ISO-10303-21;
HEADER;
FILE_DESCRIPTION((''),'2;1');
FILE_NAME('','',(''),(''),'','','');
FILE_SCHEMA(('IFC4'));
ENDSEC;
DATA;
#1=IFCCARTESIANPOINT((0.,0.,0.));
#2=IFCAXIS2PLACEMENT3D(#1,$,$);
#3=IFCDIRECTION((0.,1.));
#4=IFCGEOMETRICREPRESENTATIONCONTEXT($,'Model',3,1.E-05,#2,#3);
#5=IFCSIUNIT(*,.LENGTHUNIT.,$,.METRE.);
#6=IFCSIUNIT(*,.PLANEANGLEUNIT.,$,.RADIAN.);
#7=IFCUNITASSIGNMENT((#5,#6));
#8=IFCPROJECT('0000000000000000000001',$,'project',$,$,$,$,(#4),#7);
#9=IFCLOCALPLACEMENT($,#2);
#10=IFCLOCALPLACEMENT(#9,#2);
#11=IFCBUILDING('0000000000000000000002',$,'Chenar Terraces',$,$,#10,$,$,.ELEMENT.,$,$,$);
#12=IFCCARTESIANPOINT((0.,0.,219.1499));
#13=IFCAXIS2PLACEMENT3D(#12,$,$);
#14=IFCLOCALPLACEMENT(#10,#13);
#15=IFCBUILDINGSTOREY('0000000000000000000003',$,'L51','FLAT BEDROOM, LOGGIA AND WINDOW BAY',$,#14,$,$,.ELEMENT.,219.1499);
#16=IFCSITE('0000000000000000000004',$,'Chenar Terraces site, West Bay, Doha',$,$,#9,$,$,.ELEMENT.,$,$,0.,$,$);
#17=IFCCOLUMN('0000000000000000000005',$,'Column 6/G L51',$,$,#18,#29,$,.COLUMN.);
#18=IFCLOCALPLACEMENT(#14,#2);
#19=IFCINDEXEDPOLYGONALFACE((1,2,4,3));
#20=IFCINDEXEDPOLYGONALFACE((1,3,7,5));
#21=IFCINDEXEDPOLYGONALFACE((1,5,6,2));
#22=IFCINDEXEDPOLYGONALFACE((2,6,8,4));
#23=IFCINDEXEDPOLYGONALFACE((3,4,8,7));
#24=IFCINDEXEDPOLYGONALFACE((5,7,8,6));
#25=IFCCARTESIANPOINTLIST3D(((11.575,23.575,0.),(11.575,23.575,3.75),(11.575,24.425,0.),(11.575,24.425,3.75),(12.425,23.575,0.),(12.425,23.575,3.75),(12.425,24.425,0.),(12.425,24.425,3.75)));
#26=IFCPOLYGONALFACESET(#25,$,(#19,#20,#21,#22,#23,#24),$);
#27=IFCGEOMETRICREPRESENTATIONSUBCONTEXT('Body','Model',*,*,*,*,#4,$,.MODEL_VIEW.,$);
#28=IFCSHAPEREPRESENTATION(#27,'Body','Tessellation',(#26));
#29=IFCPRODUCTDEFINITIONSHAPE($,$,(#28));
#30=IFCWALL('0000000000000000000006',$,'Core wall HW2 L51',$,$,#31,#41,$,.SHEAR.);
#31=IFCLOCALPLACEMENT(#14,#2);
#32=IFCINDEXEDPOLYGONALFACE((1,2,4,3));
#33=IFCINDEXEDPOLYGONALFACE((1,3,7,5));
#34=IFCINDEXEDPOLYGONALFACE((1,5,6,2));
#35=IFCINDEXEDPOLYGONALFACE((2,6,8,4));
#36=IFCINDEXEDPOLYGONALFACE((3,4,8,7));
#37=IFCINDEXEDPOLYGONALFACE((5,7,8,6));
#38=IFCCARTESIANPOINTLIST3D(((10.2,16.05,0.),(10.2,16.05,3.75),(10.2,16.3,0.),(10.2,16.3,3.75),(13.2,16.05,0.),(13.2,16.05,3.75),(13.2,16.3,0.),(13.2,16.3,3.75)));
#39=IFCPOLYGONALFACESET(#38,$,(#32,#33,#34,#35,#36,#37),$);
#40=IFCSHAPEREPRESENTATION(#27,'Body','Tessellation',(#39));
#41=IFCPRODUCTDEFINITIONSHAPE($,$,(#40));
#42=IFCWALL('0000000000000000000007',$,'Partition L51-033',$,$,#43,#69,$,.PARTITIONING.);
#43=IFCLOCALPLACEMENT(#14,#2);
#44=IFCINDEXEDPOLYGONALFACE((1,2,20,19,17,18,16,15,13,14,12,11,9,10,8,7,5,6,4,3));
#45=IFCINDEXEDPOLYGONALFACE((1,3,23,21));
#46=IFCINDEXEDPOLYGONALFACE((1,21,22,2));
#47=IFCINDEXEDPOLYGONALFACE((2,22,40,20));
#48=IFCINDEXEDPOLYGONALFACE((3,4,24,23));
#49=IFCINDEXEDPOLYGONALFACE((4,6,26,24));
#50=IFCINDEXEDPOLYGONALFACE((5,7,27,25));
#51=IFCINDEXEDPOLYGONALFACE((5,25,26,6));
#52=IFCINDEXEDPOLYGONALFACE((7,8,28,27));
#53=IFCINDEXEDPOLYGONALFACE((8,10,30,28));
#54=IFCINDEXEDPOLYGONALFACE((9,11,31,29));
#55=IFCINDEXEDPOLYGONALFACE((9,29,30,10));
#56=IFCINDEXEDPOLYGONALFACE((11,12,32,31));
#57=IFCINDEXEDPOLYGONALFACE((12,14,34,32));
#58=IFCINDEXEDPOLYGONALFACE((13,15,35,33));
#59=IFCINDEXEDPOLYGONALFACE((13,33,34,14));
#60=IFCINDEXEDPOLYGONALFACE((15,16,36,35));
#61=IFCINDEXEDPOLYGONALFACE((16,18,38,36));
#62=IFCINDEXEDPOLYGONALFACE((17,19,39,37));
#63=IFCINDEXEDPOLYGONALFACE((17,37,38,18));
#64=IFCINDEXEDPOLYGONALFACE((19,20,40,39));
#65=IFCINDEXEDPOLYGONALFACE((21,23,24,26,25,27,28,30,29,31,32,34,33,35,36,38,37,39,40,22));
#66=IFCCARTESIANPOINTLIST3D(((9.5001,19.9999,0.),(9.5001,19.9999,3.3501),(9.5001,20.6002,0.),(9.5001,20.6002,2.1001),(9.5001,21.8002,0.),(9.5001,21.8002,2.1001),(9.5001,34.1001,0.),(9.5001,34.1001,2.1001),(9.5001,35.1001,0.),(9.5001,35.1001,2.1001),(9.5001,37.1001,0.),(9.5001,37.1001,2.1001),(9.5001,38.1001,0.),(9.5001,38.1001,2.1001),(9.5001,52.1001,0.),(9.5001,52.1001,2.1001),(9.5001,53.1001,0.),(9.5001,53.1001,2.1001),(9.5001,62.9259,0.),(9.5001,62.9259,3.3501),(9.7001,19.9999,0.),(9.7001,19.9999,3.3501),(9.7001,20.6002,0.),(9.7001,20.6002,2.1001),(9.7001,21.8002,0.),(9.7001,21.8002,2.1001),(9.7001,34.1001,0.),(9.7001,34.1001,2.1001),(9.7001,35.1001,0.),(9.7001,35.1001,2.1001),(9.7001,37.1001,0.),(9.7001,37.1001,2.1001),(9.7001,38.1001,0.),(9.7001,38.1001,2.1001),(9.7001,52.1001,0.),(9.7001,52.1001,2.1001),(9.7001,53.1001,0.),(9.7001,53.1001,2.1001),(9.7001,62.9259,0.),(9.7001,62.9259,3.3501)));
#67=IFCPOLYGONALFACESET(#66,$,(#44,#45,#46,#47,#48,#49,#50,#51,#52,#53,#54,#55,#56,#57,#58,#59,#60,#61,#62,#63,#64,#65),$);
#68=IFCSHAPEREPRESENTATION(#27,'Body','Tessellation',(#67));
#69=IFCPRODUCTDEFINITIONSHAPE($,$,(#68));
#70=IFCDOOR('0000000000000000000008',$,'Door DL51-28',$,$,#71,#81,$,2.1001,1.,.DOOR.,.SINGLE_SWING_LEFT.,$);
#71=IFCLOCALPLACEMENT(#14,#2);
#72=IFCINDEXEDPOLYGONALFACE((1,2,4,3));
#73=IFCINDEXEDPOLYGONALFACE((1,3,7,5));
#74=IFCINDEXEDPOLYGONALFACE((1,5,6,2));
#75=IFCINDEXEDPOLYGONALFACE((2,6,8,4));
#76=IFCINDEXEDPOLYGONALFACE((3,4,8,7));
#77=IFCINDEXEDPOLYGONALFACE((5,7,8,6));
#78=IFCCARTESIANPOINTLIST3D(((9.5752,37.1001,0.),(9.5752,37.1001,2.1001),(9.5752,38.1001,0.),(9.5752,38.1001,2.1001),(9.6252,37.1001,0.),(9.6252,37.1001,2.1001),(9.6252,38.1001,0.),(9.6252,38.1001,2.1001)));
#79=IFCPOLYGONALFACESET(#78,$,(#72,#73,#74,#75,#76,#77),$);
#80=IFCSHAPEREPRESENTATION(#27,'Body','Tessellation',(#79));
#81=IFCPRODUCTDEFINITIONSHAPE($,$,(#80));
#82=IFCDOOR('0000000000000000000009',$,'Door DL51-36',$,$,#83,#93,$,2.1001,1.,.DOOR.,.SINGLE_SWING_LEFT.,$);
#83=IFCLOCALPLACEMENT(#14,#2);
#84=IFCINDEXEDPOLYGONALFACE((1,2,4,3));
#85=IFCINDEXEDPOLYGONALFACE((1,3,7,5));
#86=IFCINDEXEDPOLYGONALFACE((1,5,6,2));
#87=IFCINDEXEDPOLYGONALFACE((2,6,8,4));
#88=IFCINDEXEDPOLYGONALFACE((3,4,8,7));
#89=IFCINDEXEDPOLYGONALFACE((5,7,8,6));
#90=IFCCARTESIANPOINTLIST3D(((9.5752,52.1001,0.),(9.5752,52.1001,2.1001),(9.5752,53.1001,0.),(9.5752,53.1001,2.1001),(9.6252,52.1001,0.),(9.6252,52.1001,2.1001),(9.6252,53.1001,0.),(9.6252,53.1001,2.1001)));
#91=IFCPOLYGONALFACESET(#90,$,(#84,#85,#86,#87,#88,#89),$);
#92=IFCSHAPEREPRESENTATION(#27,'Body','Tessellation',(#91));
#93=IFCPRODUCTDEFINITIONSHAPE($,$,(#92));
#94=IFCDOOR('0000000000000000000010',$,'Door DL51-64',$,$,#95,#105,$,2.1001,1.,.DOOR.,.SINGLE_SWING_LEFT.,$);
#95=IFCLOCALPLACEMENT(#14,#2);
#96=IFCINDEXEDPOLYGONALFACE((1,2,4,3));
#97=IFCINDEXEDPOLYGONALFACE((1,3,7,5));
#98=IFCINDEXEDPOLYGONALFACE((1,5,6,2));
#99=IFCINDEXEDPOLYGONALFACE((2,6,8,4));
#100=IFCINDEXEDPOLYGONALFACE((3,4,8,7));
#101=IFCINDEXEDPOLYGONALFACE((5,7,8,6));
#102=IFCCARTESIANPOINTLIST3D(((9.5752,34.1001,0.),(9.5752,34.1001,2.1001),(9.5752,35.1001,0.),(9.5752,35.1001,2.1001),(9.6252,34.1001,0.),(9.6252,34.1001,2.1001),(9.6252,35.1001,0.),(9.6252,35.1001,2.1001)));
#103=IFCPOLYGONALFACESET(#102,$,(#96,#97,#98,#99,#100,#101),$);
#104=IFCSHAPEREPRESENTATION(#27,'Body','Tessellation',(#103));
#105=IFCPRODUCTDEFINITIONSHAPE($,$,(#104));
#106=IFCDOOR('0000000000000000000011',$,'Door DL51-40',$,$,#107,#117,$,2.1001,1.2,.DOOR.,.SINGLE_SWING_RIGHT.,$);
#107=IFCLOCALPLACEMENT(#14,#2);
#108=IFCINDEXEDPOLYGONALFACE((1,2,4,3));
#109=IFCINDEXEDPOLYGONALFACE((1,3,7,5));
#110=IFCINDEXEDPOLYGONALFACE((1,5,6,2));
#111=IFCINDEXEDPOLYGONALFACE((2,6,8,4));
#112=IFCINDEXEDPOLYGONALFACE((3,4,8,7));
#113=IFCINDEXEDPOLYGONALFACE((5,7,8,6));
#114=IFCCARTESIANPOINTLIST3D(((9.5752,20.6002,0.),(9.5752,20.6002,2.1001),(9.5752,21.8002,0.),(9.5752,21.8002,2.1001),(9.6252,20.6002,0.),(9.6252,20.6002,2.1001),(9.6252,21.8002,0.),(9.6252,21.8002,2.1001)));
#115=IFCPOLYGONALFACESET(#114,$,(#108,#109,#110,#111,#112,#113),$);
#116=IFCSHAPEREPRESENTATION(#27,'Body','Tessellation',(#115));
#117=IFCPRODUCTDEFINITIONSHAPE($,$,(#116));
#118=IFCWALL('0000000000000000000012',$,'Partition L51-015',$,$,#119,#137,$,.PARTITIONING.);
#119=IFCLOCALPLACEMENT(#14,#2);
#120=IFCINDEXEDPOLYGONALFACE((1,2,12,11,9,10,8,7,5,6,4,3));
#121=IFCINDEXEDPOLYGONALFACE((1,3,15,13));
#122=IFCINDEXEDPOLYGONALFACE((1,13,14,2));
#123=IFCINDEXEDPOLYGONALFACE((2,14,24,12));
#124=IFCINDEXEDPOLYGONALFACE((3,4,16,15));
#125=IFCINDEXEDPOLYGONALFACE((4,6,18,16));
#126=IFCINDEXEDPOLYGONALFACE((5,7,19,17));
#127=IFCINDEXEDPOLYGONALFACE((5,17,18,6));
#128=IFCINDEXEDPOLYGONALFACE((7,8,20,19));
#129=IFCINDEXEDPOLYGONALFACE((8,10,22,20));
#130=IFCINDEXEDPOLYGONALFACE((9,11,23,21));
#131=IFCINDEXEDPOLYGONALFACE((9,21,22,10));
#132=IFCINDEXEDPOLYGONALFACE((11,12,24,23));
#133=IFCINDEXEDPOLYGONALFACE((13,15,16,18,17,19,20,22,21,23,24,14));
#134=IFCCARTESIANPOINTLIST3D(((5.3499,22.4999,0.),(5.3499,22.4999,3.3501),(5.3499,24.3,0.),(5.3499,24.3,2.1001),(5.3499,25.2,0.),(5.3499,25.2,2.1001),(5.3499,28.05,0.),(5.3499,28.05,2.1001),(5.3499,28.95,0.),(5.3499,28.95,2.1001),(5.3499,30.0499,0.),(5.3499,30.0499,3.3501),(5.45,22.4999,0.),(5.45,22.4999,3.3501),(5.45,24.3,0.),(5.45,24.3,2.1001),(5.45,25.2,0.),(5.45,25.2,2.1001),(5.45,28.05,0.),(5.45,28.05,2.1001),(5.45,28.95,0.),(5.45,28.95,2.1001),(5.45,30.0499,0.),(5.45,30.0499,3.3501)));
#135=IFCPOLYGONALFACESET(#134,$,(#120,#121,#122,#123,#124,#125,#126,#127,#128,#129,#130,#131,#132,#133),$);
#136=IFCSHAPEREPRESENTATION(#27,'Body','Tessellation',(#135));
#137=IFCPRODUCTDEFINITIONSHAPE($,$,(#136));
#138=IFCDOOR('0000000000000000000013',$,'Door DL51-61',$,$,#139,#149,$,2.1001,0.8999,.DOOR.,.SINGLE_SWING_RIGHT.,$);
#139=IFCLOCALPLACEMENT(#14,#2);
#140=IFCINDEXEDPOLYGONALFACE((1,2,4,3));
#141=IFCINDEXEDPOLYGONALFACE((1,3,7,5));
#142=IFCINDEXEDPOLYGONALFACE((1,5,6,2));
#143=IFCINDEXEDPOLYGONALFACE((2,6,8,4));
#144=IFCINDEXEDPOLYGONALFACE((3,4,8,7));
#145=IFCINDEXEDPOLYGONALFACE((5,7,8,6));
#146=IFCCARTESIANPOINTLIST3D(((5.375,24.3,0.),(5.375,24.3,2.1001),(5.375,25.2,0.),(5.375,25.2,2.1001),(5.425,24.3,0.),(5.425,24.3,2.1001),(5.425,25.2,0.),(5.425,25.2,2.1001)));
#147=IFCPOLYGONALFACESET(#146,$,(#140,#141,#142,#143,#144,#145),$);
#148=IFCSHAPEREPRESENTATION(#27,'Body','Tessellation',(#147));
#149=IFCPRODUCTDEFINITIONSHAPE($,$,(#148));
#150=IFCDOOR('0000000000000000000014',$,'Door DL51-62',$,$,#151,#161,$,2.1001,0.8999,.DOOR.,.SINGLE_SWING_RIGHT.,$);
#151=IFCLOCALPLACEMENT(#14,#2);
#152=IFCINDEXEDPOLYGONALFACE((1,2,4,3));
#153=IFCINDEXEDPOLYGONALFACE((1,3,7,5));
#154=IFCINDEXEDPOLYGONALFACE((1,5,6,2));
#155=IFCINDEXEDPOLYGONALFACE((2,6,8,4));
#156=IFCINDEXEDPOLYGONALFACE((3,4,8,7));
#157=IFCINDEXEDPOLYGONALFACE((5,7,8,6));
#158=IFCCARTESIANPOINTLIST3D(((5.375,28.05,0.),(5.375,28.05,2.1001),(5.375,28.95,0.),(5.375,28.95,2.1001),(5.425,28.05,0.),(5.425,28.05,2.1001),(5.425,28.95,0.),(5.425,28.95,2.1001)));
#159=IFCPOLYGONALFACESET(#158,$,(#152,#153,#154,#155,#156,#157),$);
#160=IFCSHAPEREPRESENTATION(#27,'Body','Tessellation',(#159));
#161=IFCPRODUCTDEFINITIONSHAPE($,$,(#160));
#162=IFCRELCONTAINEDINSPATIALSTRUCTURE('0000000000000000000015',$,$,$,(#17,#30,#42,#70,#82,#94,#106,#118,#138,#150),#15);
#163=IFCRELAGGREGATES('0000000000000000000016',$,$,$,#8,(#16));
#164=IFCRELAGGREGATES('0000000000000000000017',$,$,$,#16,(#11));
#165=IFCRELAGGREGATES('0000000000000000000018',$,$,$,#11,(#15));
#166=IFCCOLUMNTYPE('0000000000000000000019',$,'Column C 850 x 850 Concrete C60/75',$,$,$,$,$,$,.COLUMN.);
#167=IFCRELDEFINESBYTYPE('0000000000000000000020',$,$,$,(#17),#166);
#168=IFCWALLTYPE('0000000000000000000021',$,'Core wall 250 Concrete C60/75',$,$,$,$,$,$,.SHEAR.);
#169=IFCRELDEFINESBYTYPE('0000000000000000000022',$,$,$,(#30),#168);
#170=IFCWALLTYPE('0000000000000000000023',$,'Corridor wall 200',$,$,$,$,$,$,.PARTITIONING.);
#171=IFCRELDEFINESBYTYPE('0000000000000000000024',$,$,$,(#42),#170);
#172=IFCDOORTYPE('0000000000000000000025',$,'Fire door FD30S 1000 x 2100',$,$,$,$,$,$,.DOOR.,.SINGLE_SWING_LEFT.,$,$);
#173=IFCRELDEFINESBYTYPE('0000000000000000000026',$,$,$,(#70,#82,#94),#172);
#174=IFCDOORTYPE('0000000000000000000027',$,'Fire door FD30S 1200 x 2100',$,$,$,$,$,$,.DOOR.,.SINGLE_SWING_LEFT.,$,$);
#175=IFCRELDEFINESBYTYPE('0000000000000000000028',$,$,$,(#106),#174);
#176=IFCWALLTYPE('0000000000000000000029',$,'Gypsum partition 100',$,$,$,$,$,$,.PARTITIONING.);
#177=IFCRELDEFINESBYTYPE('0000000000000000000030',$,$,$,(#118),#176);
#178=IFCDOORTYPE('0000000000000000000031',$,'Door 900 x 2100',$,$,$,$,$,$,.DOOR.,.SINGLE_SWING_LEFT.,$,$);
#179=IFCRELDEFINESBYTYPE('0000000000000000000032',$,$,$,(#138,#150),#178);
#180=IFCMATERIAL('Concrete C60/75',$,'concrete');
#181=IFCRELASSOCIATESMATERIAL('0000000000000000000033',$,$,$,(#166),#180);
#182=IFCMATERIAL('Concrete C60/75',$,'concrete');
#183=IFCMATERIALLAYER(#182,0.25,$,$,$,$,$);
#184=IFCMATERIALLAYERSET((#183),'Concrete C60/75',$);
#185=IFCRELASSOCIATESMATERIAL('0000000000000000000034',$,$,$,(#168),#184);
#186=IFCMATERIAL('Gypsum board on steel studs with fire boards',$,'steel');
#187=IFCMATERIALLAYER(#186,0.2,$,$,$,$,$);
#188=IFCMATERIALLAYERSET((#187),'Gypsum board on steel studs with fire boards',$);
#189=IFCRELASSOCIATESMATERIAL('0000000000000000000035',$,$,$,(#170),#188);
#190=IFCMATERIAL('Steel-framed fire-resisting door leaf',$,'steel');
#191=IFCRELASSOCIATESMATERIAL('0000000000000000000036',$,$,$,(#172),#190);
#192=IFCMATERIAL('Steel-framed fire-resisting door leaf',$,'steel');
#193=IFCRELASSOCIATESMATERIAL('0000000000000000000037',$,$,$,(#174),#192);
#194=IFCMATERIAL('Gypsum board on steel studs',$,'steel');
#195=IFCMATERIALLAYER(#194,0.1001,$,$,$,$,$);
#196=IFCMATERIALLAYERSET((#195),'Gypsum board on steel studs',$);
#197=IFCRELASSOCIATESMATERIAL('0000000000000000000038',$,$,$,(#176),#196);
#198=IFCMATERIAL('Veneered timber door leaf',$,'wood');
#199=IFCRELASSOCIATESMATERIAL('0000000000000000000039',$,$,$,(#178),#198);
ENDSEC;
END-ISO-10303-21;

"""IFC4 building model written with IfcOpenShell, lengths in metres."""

from ifc_helpers import new_model, si_unit, direction, frame, frame_2d, origin, origin_2d, place, context, subcontext, project, spatial, rectangle, extrude, material, layer, layer_set, material_profile, profile_set, type_object, element, fill, save


model = new_model("IFC4")

# Units and contexts
model_context = context("Model", 3, precision=1e-05, world=origin(), true_north=direction((0.0, 1.0)))
body_context = subcontext(model_context, "Body", "Model", "MODEL_VIEW")
ifc_project = project(units=[si_unit("LENGTHUNIT", "METRE"), si_unit("PLANEANGLEUNIT", "RADIAN")], contexts=[model_context])

# Site, building, storey
site_placement = place(None, origin())
site = spatial("IfcSite", under=ifc_project, at=site_placement, Name="Chenar Terraces site, West Bay, Doha", CompositionType="ELEMENT", RefElevation=0.0)
building_placement = place(site_placement, origin())
building = spatial("IfcBuilding", under=site, at=building_placement, Name="Chenar Terraces", CompositionType="ELEMENT")
storey_placement = place(building_placement, frame((0.0, 0.0, 219.1499)))
storey = spatial("IfcBuildingStorey", under=building, at=storey_placement, Name="L51", Description="FLAT BEDROOM, LOGGIA AND WINDOW BAY", CompositionType="ELEMENT", Elevation=219.1499)

# Column
ifc_material_1 = material(Name="Concrete C60/75", Category="concrete")
ifc_material_profile = material_profile(ifc_material_1, rectangle(XDim=0.8501, YDim=0.8501, at=origin_2d()), Name="C 850 x 850")
ifc_profile_set = profile_set([ifc_material_profile], Name="Concrete C60/75")
column_type = type_object("IfcColumnType", Name="Column C 850 x 850 Concrete C60/75", PredefinedType="COLUMN", material=ifc_profile_set)
column_placement = place(storey_placement, frame((12.0, 24.0, 0.0), z_axis=(0.0, 0.0, 1.0), x_axis=(1.0, 0.0, 0.0)))
element("IfcColumn", 1, at=column_placement, inside=storey, type_object=column_type, Name="Column 6/G L51", PredefinedType="COLUMN", context=body_context, shape_type="SweptSolid", body=[
    extrude(rectangle(XDim=0.8501, YDim=0.8501, at=origin_2d()), origin(), (0.0, 0.0, 1.0), 3.75),
])

# Wall
ifc_material_2 = material(Name="Concrete C60/75", Category="concrete")
ifc_layer_1 = layer(ifc_material_2, 0.25)
ifc_layer_set_1 = layer_set([ifc_layer_1], Name="Concrete C60/75")
wall_type_1 = type_object("IfcWallType", Name="Core wall 250 Concrete C60/75", PredefinedType="SHEAR", material=ifc_layer_set_1)
wall_1_placement = place(storey_placement, frame((10.2, 16.175, 0.0), z_axis=(0.0, 0.0, 1.0), x_axis=(1.0, 0.0, 0.0)))
element("IfcWall", 2, at=wall_1_placement, inside=storey, type_object=wall_type_1, Name="Core wall HW2 L51", PredefinedType="SHEAR", context=body_context, shape_type="SweptSolid", body=[
    extrude(rectangle(XDim=3.0, YDim=0.25, at=frame_2d((1.5, 0.0))), origin(), (0.0, 0.0, 1.0), 3.75),
])

# Walls, openings, doors
ifc_material_3 = material(Name="Gypsum board on steel studs with fire boards", Category="steel")
ifc_layer_2 = layer(ifc_material_3, 0.2)
ifc_layer_set_2 = layer_set([ifc_layer_2], Name="Gypsum board on steel studs with fire boards")
wall_type_2 = type_object("IfcWallType", Name="Corridor wall 200", PredefinedType="PARTITIONING", material=ifc_layer_set_2)
wall_2_placement = place(storey_placement, frame((9.6001, 20.0, 0.0), z_axis=(0.0, 0.0, 1.0), x_axis=(0.0, 1.0, 0.0)))
wall_2 = element("IfcWall", 3, at=wall_2_placement, inside=storey, type_object=wall_type_2, Name="Partition L51-033", PredefinedType="PARTITIONING", context=body_context, shape_type="SweptSolid", body=[
    extrude(rectangle(XDim=42.926, YDim=0.2, at=frame_2d((21.4629, 0.0))), origin(), (0.0, 0.0, 1.0), 3.3501),
])
opening_1_placement = place(wall_2_placement, frame((17.1001, 0.0, 0.0)))
opening_1 = element("IfcOpeningElement", 4, at=opening_1_placement, cuts=wall_2, PredefinedType="OPENING", context=body_context, shape_type="SweptSolid", body=[
    extrude(rectangle(XDim=1.0, YDim=2.1001, at=frame_2d((0.5, 1.05))), frame((0.0, 0.1099, 0.0), z_axis=(0.0, -1.0, 0.0), x_axis=(1.0, 0.0, 0.0)), (0.0, 0.0, 1.0), 0.22),
])
opening_2_placement = place(wall_2_placement, frame((32.1001, 0.0, 0.0)))
opening_2 = element("IfcOpeningElement", 5, at=opening_2_placement, cuts=wall_2, PredefinedType="OPENING", context=body_context, shape_type="SweptSolid", body=[
    extrude(rectangle(XDim=1.0, YDim=2.1001, at=frame_2d((0.5, 1.05))), frame((0.0, 0.1099, 0.0), z_axis=(0.0, -1.0, 0.0), x_axis=(1.0, 0.0, 0.0)), (0.0, 0.0, 1.0), 0.22),
])
opening_3_placement = place(wall_2_placement, frame((0.6001, 0.0, 0.0)))
opening_3 = element("IfcOpeningElement", 6, at=opening_3_placement, cuts=wall_2, PredefinedType="OPENING", context=body_context, shape_type="SweptSolid", body=[
    extrude(rectangle(XDim=1.2, YDim=2.1001, at=frame_2d((0.6001, 1.05))), frame((0.0, 0.1099, 0.0), z_axis=(0.0, -1.0, 0.0), x_axis=(1.0, 0.0, 0.0)), (0.0, 0.0, 1.0), 0.22),
])
opening_4_placement = place(wall_2_placement, frame((14.1001, 0.0, 0.0)))
opening_4 = element("IfcOpeningElement", 7, at=opening_4_placement, cuts=wall_2, PredefinedType="OPENING", context=body_context, shape_type="SweptSolid", body=[
    extrude(rectangle(XDim=1.0, YDim=2.1001, at=frame_2d((0.5, 1.05))), frame((0.0, 0.1099, 0.0), z_axis=(0.0, -1.0, 0.0), x_axis=(1.0, 0.0, 0.0)), (0.0, 0.0, 1.0), 0.22),
])
ifc_material_4 = material(Name="Steel-framed fire-resisting door leaf", Category="steel")
door_type_1 = type_object("IfcDoorType", Name="Fire door FD30S 1000 x 2100", OperationType="SINGLE_SWING_LEFT", PredefinedType="DOOR", material=ifc_material_4)
door_1_placement = place(opening_1_placement, origin())
door_1 = element("IfcDoor", 8, at=door_1_placement, inside=storey, type_object=door_type_1, Name="Door DL51-28", OperationType="SINGLE_SWING_LEFT", OverallHeight=2.1001, OverallWidth=1.0, PredefinedType="DOOR", context=body_context, shape_type="SweptSolid", body=[
    extrude(rectangle(XDim=1.0, YDim=2.1001, at=frame_2d((0.5, 1.05))), frame((0.0, 0.0249, 0.0), z_axis=(0.0, -1.0, 0.0), x_axis=(1.0, 0.0, 0.0)), (0.0, 0.0, 1.0), 0.05),
])
fill(opening_1, door_1)
door_2_placement = place(opening_2_placement, origin())
door_2 = element("IfcDoor", 9, at=door_2_placement, inside=storey, type_object=door_type_1, Name="Door DL51-36", OperationType="SINGLE_SWING_LEFT", OverallHeight=2.1001, OverallWidth=1.0, PredefinedType="DOOR", context=body_context, shape_type="SweptSolid", body=[
    extrude(rectangle(XDim=1.0, YDim=2.1001, at=frame_2d((0.5, 1.05))), frame((0.0, 0.0249, 0.0), z_axis=(0.0, -1.0, 0.0), x_axis=(1.0, 0.0, 0.0)), (0.0, 0.0, 1.0), 0.05),
])
fill(opening_2, door_2)
door_3_placement = place(opening_4_placement, origin())
door_3 = element("IfcDoor", 10, at=door_3_placement, inside=storey, type_object=door_type_1, Name="Door DL51-64", OperationType="SINGLE_SWING_LEFT", OverallHeight=2.1001, OverallWidth=1.0, PredefinedType="DOOR", context=body_context, shape_type="SweptSolid", body=[
    extrude(rectangle(XDim=1.0, YDim=2.1001, at=frame_2d((0.5, 1.05))), frame((0.0, 0.0249, 0.0), z_axis=(0.0, -1.0, 0.0), x_axis=(1.0, 0.0, 0.0)), (0.0, 0.0, 1.0), 0.05),
])
fill(opening_4, door_3)
ifc_material_5 = material(Name="Steel-framed fire-resisting door leaf", Category="steel")
door_type_2 = type_object("IfcDoorType", Name="Fire door FD30S 1200 x 2100", OperationType="SINGLE_SWING_LEFT", PredefinedType="DOOR", material=ifc_material_5)
door_4_placement = place(opening_3_placement, origin())
door_4 = element("IfcDoor", 11, at=door_4_placement, inside=storey, type_object=door_type_2, Name="Door DL51-40", OperationType="SINGLE_SWING_RIGHT", OverallHeight=2.1001, OverallWidth=1.2, PredefinedType="DOOR", context=body_context, shape_type="SweptSolid", body=[
    extrude(rectangle(XDim=1.2, YDim=2.1001, at=frame_2d((0.6001, 1.05))), frame((0.0, 0.0249, 0.0), z_axis=(0.0, -1.0, 0.0), x_axis=(1.0, 0.0, 0.0)), (0.0, 0.0, 1.0), 0.05),
])
fill(opening_3, door_4)
ifc_material_6 = material(Name="Gypsum board on steel studs", Category="steel")
ifc_layer_3 = layer(ifc_material_6, 0.1001)
ifc_layer_set_3 = layer_set([ifc_layer_3], Name="Gypsum board on steel studs")
wall_type_3 = type_object("IfcWallType", Name="Gypsum partition 100", PredefinedType="PARTITIONING", material=ifc_layer_set_3)
wall_3_placement = place(storey_placement, frame((5.3999, 22.5, 0.0), z_axis=(0.0, 0.0, 1.0), x_axis=(0.0, 1.0, 0.0)))
wall_3 = element("IfcWall", 12, at=wall_3_placement, inside=storey, type_object=wall_type_3, Name="Partition L51-015", PredefinedType="PARTITIONING", context=body_context, shape_type="SweptSolid", body=[
    extrude(rectangle(XDim=7.55, YDim=0.1001, at=frame_2d((3.7749, 0.0))), origin(), (0.0, 0.0, 1.0), 3.3501),
])
opening_5_placement = place(wall_3_placement, frame((1.8, 0.0, 0.0)))
opening_5 = element("IfcOpeningElement", 13, at=opening_5_placement, cuts=wall_3, PredefinedType="OPENING", context=body_context, shape_type="SweptSolid", body=[
    extrude(rectangle(XDim=0.8999, YDim=2.1001, at=frame_2d((0.45, 1.05))), frame((0.0, 0.0601, 0.0), z_axis=(0.0, -1.0, 0.0), x_axis=(1.0, 0.0, 0.0)), (0.0, 0.0, 1.0), 0.1201),
])
opening_6_placement = place(wall_3_placement, frame((5.55, 0.0, 0.0)))
opening_6 = element("IfcOpeningElement", 14, at=opening_6_placement, cuts=wall_3, PredefinedType="OPENING", context=body_context, shape_type="SweptSolid", body=[
    extrude(rectangle(XDim=0.8999, YDim=2.1001, at=frame_2d((0.45, 1.05))), frame((0.0, 0.0601, 0.0), z_axis=(0.0, -1.0, 0.0), x_axis=(1.0, 0.0, 0.0)), (0.0, 0.0, 1.0), 0.1201),
])
ifc_material_7 = material(Name="Veneered timber door leaf", Category="wood")
door_type_3 = type_object("IfcDoorType", Name="Door 900 x 2100", OperationType="SINGLE_SWING_LEFT", PredefinedType="DOOR", material=ifc_material_7)
door_5_placement = place(opening_5_placement, origin())
door_5 = element("IfcDoor", 15, at=door_5_placement, inside=storey, type_object=door_type_3, Name="Door DL51-61", OperationType="SINGLE_SWING_RIGHT", OverallHeight=2.1001, OverallWidth=0.8999, PredefinedType="DOOR", context=body_context, shape_type="SweptSolid", body=[
    extrude(rectangle(XDim=0.8999, YDim=2.1001, at=frame_2d((0.45, 1.05))), frame((0.0, 0.0249, 0.0), z_axis=(0.0, -1.0, 0.0), x_axis=(1.0, 0.0, 0.0)), (0.0, 0.0, 1.0), 0.05),
])
fill(opening_5, door_5)
door_6_placement = place(opening_6_placement, origin())
door_6 = element("IfcDoor", 16, at=door_6_placement, inside=storey, type_object=door_type_3, Name="Door DL51-62", OperationType="SINGLE_SWING_RIGHT", OverallHeight=2.1001, OverallWidth=0.8999, PredefinedType="DOOR", context=body_context, shape_type="SweptSolid", body=[
    extrude(rectangle(XDim=0.8999, YDim=2.1001, at=frame_2d((0.45, 1.05))), frame((0.0, 0.0249, 0.0), z_axis=(0.0, -1.0, 0.0), x_axis=(1.0, 0.0, 0.0)), (0.0, 0.0, 1.0), 0.05),
])
fill(opening_6, door_6)

save(model, "model.ifc")
